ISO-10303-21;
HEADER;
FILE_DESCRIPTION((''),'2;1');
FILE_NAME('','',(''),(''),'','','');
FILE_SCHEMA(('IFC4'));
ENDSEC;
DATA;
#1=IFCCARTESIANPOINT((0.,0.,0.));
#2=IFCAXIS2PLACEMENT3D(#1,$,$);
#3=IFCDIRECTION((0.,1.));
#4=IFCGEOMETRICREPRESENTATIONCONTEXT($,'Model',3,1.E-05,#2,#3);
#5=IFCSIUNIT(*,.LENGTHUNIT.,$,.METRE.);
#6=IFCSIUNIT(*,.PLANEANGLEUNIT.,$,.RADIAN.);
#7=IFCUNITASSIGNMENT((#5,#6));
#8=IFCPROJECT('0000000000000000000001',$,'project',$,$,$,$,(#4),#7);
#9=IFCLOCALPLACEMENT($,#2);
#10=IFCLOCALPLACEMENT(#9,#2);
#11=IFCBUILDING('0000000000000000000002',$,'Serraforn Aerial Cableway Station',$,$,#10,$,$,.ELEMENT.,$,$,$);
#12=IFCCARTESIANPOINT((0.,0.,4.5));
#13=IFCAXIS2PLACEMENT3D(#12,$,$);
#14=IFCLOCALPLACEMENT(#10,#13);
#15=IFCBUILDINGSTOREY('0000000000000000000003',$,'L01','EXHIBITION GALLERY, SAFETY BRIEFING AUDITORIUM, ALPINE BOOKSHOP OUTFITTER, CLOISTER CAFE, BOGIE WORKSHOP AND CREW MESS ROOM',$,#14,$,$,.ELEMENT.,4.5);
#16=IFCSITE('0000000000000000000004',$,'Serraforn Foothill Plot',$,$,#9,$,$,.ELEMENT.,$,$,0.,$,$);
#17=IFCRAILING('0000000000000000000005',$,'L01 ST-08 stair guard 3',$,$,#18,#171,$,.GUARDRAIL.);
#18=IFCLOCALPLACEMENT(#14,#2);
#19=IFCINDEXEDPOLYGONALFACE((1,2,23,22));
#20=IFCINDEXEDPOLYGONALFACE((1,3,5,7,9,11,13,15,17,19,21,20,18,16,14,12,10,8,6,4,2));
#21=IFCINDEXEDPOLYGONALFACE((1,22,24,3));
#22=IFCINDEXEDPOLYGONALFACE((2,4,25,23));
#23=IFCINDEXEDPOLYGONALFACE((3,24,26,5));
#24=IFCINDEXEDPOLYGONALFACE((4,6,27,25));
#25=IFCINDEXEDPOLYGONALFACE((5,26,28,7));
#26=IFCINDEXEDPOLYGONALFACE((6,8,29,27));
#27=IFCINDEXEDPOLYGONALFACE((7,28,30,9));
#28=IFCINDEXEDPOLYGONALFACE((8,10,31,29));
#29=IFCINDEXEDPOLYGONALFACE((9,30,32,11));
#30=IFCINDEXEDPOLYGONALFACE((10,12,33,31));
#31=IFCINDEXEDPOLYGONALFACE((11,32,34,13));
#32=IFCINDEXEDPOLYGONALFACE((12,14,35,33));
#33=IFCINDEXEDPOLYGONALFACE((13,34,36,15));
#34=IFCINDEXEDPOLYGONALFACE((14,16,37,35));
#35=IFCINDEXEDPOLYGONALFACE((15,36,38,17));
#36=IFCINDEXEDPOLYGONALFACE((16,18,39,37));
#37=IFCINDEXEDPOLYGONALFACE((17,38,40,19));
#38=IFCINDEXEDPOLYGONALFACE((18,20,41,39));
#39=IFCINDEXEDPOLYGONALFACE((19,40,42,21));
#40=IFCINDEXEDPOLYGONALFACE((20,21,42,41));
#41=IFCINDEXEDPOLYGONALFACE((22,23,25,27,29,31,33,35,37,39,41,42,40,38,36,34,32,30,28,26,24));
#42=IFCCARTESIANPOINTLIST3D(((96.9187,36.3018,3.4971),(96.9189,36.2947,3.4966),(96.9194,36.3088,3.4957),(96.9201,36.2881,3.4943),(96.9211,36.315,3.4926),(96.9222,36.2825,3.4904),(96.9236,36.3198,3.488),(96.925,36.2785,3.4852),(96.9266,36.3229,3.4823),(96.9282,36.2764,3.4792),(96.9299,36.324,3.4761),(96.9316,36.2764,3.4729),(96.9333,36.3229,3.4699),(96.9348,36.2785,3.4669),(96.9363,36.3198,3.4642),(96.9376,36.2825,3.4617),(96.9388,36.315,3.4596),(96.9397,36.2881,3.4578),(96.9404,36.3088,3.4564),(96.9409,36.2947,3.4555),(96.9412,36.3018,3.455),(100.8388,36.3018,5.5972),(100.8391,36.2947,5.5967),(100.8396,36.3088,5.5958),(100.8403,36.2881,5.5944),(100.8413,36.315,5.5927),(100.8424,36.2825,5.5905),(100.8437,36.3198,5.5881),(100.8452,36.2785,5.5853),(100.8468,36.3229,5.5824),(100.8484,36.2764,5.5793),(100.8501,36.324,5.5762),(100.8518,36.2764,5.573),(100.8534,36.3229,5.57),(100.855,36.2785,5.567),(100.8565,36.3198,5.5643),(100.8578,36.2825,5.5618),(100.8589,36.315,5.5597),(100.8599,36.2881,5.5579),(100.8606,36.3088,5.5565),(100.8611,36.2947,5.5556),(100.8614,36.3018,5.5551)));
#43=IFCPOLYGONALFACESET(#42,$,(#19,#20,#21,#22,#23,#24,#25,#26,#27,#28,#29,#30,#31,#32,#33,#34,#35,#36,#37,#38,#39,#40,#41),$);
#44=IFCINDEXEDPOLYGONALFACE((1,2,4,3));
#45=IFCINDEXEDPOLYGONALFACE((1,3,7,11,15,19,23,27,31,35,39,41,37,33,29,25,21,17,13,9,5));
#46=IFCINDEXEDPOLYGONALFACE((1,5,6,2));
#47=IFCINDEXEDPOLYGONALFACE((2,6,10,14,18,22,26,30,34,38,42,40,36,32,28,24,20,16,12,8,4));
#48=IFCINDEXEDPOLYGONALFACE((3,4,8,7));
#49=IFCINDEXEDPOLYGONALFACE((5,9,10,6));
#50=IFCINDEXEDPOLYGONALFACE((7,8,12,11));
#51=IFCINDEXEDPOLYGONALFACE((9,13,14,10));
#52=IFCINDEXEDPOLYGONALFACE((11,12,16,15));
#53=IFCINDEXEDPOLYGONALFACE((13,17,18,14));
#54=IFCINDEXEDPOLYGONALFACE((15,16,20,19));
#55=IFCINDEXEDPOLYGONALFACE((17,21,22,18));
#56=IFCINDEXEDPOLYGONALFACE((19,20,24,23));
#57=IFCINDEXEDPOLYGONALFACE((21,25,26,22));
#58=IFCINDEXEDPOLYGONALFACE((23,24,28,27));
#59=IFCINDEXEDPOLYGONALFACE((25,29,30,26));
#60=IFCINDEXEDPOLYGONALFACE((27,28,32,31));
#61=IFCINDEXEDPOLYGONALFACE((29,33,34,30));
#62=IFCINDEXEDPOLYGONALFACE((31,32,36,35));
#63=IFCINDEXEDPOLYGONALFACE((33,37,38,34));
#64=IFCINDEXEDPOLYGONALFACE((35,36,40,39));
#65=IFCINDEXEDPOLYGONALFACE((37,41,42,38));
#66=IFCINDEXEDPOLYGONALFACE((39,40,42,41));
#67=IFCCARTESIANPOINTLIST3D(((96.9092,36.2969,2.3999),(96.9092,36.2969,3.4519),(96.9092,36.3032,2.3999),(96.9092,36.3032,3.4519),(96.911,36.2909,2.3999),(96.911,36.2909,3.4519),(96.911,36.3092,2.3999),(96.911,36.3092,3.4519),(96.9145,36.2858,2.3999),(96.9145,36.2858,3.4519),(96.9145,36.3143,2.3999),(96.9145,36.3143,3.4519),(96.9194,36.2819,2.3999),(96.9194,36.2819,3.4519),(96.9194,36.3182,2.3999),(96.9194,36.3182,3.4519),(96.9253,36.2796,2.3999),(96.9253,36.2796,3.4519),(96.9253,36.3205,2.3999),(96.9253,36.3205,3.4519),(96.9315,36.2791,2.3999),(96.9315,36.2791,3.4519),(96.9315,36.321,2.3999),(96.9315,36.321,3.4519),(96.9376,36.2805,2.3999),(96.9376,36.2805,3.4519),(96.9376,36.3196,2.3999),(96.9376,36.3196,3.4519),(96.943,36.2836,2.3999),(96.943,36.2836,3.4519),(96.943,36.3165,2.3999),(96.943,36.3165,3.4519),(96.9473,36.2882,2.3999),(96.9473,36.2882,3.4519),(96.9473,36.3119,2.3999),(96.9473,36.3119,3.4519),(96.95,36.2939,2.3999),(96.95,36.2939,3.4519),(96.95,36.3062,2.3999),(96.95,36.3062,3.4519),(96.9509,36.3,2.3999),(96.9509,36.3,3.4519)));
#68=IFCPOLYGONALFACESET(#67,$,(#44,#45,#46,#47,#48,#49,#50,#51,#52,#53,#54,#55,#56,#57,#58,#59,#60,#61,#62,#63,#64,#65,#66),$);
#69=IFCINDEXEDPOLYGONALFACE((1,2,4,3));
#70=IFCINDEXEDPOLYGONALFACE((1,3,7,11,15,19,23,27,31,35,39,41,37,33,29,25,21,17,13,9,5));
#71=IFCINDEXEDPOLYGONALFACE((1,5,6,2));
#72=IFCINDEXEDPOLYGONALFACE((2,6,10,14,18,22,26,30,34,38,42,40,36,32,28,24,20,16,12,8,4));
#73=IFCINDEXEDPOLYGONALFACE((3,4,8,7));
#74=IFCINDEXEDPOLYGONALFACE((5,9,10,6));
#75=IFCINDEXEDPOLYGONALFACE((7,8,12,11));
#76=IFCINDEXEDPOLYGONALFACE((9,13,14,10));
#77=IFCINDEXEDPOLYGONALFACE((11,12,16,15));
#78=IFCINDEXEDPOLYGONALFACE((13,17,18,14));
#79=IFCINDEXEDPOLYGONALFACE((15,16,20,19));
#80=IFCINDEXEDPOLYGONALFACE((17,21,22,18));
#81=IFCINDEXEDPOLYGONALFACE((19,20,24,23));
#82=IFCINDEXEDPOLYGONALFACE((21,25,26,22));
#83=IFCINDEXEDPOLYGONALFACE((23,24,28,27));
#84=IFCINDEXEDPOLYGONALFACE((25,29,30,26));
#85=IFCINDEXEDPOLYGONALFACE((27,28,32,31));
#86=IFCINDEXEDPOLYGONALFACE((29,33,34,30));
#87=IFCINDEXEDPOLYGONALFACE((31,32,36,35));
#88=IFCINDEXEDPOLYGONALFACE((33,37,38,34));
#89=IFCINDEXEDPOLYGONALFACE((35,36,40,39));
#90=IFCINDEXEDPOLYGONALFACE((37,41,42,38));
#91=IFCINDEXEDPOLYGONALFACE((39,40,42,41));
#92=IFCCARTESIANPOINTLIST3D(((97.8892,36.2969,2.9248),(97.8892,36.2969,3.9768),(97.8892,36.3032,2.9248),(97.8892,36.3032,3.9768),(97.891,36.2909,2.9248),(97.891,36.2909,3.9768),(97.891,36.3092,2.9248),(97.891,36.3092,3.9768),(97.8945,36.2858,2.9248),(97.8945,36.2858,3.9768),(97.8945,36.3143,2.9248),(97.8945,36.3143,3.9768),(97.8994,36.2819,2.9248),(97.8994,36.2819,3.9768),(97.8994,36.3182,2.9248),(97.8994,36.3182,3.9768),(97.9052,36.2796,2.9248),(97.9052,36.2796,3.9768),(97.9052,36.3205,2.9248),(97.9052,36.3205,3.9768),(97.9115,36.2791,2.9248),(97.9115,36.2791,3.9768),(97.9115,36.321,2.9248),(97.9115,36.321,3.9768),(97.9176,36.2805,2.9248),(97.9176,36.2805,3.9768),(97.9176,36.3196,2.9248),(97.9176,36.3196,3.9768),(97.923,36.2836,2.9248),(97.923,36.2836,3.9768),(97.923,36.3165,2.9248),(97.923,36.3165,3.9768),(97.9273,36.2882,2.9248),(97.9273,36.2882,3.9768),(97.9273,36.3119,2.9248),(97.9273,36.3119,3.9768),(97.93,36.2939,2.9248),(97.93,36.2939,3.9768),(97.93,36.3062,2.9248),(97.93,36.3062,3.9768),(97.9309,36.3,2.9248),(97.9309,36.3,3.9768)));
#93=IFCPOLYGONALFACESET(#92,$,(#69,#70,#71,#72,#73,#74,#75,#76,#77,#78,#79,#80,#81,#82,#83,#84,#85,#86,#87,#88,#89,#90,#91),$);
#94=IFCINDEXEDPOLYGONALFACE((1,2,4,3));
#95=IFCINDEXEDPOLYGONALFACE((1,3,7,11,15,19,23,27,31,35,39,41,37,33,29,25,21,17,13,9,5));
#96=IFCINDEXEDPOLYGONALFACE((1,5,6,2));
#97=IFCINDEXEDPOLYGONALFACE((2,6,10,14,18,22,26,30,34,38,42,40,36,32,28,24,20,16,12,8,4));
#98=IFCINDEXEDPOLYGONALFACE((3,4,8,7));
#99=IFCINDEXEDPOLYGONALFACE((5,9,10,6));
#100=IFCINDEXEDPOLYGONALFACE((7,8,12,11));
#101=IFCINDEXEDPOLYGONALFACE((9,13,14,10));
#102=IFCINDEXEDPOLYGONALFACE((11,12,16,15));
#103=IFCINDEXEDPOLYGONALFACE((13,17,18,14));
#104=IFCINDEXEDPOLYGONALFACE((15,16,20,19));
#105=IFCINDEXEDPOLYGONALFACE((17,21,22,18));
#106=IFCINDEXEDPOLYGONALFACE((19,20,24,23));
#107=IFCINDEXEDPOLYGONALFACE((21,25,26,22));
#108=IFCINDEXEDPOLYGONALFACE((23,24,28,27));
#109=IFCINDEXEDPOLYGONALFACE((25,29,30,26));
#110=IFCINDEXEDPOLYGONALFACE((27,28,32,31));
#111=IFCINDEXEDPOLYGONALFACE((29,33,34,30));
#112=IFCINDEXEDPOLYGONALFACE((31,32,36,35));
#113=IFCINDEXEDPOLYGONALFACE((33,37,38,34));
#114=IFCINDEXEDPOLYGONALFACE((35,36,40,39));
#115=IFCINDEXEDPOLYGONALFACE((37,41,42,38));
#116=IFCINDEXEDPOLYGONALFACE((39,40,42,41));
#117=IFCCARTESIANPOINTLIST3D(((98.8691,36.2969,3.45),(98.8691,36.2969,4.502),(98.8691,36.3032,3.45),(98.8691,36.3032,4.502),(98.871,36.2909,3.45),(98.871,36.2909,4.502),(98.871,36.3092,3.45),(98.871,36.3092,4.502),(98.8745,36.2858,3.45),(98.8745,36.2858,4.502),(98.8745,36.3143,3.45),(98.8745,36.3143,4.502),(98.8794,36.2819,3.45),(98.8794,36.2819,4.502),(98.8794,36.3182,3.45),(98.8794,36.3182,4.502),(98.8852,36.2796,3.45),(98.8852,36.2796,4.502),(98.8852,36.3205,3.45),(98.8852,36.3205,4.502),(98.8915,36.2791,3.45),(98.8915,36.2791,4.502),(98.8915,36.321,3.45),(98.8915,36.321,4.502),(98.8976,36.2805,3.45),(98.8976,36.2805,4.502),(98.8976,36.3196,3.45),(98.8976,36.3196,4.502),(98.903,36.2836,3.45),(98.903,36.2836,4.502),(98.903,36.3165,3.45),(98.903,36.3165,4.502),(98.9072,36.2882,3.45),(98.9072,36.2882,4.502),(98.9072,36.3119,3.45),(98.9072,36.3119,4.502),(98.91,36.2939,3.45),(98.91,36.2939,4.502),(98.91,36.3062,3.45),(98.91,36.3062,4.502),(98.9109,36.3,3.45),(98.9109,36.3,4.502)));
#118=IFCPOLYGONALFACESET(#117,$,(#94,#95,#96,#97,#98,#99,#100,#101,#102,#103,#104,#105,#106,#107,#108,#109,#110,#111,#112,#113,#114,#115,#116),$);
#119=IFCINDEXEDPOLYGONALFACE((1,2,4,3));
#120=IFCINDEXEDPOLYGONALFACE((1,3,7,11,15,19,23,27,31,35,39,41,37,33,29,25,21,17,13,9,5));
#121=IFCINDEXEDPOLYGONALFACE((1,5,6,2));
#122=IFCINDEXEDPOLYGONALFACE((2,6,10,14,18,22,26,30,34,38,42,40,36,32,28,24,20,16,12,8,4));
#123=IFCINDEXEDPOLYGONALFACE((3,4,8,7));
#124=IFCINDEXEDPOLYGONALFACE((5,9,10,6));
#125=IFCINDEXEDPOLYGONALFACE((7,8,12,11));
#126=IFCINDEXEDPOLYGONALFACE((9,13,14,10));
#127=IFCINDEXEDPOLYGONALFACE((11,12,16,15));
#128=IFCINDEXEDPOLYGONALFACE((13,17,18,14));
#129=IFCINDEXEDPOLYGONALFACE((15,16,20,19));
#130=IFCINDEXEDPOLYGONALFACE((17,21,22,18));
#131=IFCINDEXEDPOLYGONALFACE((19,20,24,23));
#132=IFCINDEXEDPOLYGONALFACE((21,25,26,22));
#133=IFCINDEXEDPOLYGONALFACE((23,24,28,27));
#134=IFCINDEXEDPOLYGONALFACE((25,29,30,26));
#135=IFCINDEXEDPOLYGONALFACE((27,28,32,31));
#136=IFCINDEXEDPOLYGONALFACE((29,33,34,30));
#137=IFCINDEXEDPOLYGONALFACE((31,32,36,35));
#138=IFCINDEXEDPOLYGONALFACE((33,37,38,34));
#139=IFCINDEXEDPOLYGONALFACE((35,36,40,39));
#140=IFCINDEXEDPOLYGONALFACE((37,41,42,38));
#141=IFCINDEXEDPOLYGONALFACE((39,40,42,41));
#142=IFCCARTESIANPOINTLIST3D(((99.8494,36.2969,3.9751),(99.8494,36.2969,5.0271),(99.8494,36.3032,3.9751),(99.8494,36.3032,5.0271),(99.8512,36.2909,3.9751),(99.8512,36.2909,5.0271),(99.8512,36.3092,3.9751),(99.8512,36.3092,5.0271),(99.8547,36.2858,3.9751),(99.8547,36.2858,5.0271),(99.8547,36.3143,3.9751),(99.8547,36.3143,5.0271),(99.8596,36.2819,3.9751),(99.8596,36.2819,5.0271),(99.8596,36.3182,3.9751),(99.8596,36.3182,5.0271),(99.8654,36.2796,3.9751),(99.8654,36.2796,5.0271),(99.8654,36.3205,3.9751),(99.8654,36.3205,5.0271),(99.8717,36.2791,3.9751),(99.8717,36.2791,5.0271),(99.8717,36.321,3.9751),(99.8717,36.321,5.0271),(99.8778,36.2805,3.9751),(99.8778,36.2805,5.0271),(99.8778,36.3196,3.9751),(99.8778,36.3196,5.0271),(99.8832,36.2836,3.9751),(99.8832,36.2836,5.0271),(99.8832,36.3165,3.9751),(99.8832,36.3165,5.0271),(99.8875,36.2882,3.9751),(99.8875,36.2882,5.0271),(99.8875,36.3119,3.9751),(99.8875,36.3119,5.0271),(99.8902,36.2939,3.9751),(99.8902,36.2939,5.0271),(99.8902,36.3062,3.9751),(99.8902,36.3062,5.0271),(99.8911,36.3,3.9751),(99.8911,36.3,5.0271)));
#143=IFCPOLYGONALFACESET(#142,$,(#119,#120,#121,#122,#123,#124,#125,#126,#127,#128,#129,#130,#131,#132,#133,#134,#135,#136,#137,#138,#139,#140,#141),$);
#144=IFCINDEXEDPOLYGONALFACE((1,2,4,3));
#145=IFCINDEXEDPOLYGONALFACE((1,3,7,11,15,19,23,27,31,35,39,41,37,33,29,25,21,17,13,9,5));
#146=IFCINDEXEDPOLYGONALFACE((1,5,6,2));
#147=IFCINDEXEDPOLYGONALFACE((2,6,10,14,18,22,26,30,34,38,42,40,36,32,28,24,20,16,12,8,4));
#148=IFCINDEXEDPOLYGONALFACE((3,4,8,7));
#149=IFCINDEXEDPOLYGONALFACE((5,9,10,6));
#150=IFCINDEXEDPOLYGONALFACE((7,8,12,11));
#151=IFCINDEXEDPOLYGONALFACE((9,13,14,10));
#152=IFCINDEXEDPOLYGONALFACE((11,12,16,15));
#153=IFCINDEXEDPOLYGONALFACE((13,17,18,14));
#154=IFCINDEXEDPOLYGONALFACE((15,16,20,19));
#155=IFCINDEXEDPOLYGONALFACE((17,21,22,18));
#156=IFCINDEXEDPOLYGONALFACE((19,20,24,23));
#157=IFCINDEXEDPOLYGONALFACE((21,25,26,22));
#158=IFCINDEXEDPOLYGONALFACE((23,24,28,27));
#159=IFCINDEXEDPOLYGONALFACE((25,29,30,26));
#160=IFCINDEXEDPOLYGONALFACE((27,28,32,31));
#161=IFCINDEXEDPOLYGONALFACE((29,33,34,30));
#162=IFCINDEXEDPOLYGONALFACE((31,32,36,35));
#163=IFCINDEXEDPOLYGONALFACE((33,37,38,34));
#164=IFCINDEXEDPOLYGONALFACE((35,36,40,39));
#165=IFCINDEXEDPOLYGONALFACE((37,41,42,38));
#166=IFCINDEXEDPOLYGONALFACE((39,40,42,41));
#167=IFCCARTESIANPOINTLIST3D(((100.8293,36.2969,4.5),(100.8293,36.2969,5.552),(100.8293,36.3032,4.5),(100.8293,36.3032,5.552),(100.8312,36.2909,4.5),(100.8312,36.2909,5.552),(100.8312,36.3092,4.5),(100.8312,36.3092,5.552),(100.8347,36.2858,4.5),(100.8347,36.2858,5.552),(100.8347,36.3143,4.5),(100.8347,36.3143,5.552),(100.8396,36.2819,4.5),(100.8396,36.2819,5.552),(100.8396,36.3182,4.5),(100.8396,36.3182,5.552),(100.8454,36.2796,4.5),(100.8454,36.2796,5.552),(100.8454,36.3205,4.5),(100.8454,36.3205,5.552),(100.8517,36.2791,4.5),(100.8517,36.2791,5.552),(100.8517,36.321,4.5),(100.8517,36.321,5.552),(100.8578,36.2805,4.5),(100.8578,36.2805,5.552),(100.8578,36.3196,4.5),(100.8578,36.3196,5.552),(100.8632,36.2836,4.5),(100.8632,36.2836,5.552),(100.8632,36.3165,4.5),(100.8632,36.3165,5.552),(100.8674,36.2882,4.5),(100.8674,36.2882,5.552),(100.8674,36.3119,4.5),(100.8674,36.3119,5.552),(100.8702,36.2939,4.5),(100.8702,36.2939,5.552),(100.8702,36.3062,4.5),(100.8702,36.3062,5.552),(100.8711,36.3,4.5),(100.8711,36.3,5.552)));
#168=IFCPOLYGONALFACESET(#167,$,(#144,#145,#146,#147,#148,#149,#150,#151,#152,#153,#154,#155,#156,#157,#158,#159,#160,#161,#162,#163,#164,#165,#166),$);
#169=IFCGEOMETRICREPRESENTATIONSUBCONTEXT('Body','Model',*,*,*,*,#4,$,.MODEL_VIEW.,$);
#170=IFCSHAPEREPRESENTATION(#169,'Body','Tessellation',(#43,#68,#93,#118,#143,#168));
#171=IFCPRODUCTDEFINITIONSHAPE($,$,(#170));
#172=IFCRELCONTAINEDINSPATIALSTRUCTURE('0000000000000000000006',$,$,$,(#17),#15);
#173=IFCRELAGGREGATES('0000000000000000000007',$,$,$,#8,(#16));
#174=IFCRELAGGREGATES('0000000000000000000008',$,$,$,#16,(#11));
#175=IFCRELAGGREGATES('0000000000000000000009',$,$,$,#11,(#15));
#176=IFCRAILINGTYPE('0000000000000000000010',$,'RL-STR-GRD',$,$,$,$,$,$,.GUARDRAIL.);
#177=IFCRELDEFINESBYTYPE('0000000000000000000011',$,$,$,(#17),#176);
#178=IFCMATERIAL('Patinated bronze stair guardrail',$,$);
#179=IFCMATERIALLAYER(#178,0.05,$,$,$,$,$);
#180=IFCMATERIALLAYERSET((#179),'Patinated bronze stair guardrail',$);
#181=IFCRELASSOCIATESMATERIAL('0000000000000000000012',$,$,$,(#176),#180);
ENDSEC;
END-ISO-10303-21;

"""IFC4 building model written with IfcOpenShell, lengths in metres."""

from ifc_helpers import new_model, si_unit, direction, frame, origin, origin_2d, place, context, subcontext, project, spatial, circle, extrude, material, layer, layer_set, type_object, element, save


model = new_model("IFC4")

# Units and contexts
model_context = context("Model", 3, precision=1e-05, world=origin(), true_north=direction((0.0, 1.0)))
body_context = subcontext(model_context, "Body", "Model", "MODEL_VIEW")
ifc_project = project(units=[si_unit("LENGTHUNIT", "METRE"), si_unit("PLANEANGLEUNIT", "RADIAN")], contexts=[model_context])

# Site, building, storey
site_placement = place(None, origin())
site = spatial("IfcSite", under=ifc_project, at=site_placement, Name="Serraforn Foothill Plot", CompositionType="ELEMENT", RefElevation=0.0)
building_placement = place(site_placement, origin())
building = spatial("IfcBuilding", under=site, at=building_placement, Name="Serraforn Aerial Cableway Station", CompositionType="ELEMENT")
storey_placement = place(building_placement, frame((0.0, 0.0, 4.5)))
storey = spatial("IfcBuildingStorey", under=building, at=storey_placement, Name="L01", Description="EXHIBITION GALLERY, SAFETY BRIEFING AUDITORIUM, ALPINE BOOKSHOP OUTFITTER, CLOISTER CAFE, BOGIE WORKSHOP AND CREW MESS ROOM", CompositionType="ELEMENT", Elevation=4.5)

# Railing
ifc_material_1 = material(Name="Patinated bronze stair guardrail")
ifc_layer_1 = layer(ifc_material_1, 0.05)
ifc_layer_set_1 = layer_set([ifc_layer_1], Name="Patinated bronze stair guardrail")
railing_type_1 = type_object("IfcRailingType", Name="RL-STR-GRD", PredefinedType="GUARDRAIL", material=ifc_layer_set_1)
railing_1_placement = place(storey_placement, frame((96.9299, 36.3, 2.3999)))
element("IfcRailing", 1, at=railing_1_placement, inside=storey, type_object=railing_type_1, Name="L01 ST-08 stair guard 3", PredefinedType="GUARDRAIL", context=body_context, shape_type="SweptSolid", body=[
    extrude(circle(Radius=0.0239, at=origin_2d()), frame((0.0, 0.0, 1.0762), z_axis=(0.881479, 0.0, 0.472223), x_axis=(0.0, 1.0, 0.0)), (0.0, 0.0, 1.0), 4.4473),
    extrude(circle(Radius=0.021, at=origin_2d()), origin(), (0.0, 0.0, 1.0), 1.052),
    extrude(circle(Radius=0.021, at=origin_2d()), frame((0.98, 0.0, 0.5249)), (0.0, 0.0, 1.0), 1.052),
    extrude(circle(Radius=0.021, at=origin_2d()), frame((1.96, 0.0, 1.05)), (0.0, 0.0, 1.0), 1.052),
    extrude(circle(Radius=0.021, at=origin_2d()), frame((2.9402, 0.0, 1.5752)), (0.0, 0.0, 1.0), 1.052),
    extrude(circle(Radius=0.021, at=origin_2d()), frame((3.9202, 0.0, 2.1001)), (0.0, 0.0, 1.0), 1.052),
])

save(model, "model.ifc")
